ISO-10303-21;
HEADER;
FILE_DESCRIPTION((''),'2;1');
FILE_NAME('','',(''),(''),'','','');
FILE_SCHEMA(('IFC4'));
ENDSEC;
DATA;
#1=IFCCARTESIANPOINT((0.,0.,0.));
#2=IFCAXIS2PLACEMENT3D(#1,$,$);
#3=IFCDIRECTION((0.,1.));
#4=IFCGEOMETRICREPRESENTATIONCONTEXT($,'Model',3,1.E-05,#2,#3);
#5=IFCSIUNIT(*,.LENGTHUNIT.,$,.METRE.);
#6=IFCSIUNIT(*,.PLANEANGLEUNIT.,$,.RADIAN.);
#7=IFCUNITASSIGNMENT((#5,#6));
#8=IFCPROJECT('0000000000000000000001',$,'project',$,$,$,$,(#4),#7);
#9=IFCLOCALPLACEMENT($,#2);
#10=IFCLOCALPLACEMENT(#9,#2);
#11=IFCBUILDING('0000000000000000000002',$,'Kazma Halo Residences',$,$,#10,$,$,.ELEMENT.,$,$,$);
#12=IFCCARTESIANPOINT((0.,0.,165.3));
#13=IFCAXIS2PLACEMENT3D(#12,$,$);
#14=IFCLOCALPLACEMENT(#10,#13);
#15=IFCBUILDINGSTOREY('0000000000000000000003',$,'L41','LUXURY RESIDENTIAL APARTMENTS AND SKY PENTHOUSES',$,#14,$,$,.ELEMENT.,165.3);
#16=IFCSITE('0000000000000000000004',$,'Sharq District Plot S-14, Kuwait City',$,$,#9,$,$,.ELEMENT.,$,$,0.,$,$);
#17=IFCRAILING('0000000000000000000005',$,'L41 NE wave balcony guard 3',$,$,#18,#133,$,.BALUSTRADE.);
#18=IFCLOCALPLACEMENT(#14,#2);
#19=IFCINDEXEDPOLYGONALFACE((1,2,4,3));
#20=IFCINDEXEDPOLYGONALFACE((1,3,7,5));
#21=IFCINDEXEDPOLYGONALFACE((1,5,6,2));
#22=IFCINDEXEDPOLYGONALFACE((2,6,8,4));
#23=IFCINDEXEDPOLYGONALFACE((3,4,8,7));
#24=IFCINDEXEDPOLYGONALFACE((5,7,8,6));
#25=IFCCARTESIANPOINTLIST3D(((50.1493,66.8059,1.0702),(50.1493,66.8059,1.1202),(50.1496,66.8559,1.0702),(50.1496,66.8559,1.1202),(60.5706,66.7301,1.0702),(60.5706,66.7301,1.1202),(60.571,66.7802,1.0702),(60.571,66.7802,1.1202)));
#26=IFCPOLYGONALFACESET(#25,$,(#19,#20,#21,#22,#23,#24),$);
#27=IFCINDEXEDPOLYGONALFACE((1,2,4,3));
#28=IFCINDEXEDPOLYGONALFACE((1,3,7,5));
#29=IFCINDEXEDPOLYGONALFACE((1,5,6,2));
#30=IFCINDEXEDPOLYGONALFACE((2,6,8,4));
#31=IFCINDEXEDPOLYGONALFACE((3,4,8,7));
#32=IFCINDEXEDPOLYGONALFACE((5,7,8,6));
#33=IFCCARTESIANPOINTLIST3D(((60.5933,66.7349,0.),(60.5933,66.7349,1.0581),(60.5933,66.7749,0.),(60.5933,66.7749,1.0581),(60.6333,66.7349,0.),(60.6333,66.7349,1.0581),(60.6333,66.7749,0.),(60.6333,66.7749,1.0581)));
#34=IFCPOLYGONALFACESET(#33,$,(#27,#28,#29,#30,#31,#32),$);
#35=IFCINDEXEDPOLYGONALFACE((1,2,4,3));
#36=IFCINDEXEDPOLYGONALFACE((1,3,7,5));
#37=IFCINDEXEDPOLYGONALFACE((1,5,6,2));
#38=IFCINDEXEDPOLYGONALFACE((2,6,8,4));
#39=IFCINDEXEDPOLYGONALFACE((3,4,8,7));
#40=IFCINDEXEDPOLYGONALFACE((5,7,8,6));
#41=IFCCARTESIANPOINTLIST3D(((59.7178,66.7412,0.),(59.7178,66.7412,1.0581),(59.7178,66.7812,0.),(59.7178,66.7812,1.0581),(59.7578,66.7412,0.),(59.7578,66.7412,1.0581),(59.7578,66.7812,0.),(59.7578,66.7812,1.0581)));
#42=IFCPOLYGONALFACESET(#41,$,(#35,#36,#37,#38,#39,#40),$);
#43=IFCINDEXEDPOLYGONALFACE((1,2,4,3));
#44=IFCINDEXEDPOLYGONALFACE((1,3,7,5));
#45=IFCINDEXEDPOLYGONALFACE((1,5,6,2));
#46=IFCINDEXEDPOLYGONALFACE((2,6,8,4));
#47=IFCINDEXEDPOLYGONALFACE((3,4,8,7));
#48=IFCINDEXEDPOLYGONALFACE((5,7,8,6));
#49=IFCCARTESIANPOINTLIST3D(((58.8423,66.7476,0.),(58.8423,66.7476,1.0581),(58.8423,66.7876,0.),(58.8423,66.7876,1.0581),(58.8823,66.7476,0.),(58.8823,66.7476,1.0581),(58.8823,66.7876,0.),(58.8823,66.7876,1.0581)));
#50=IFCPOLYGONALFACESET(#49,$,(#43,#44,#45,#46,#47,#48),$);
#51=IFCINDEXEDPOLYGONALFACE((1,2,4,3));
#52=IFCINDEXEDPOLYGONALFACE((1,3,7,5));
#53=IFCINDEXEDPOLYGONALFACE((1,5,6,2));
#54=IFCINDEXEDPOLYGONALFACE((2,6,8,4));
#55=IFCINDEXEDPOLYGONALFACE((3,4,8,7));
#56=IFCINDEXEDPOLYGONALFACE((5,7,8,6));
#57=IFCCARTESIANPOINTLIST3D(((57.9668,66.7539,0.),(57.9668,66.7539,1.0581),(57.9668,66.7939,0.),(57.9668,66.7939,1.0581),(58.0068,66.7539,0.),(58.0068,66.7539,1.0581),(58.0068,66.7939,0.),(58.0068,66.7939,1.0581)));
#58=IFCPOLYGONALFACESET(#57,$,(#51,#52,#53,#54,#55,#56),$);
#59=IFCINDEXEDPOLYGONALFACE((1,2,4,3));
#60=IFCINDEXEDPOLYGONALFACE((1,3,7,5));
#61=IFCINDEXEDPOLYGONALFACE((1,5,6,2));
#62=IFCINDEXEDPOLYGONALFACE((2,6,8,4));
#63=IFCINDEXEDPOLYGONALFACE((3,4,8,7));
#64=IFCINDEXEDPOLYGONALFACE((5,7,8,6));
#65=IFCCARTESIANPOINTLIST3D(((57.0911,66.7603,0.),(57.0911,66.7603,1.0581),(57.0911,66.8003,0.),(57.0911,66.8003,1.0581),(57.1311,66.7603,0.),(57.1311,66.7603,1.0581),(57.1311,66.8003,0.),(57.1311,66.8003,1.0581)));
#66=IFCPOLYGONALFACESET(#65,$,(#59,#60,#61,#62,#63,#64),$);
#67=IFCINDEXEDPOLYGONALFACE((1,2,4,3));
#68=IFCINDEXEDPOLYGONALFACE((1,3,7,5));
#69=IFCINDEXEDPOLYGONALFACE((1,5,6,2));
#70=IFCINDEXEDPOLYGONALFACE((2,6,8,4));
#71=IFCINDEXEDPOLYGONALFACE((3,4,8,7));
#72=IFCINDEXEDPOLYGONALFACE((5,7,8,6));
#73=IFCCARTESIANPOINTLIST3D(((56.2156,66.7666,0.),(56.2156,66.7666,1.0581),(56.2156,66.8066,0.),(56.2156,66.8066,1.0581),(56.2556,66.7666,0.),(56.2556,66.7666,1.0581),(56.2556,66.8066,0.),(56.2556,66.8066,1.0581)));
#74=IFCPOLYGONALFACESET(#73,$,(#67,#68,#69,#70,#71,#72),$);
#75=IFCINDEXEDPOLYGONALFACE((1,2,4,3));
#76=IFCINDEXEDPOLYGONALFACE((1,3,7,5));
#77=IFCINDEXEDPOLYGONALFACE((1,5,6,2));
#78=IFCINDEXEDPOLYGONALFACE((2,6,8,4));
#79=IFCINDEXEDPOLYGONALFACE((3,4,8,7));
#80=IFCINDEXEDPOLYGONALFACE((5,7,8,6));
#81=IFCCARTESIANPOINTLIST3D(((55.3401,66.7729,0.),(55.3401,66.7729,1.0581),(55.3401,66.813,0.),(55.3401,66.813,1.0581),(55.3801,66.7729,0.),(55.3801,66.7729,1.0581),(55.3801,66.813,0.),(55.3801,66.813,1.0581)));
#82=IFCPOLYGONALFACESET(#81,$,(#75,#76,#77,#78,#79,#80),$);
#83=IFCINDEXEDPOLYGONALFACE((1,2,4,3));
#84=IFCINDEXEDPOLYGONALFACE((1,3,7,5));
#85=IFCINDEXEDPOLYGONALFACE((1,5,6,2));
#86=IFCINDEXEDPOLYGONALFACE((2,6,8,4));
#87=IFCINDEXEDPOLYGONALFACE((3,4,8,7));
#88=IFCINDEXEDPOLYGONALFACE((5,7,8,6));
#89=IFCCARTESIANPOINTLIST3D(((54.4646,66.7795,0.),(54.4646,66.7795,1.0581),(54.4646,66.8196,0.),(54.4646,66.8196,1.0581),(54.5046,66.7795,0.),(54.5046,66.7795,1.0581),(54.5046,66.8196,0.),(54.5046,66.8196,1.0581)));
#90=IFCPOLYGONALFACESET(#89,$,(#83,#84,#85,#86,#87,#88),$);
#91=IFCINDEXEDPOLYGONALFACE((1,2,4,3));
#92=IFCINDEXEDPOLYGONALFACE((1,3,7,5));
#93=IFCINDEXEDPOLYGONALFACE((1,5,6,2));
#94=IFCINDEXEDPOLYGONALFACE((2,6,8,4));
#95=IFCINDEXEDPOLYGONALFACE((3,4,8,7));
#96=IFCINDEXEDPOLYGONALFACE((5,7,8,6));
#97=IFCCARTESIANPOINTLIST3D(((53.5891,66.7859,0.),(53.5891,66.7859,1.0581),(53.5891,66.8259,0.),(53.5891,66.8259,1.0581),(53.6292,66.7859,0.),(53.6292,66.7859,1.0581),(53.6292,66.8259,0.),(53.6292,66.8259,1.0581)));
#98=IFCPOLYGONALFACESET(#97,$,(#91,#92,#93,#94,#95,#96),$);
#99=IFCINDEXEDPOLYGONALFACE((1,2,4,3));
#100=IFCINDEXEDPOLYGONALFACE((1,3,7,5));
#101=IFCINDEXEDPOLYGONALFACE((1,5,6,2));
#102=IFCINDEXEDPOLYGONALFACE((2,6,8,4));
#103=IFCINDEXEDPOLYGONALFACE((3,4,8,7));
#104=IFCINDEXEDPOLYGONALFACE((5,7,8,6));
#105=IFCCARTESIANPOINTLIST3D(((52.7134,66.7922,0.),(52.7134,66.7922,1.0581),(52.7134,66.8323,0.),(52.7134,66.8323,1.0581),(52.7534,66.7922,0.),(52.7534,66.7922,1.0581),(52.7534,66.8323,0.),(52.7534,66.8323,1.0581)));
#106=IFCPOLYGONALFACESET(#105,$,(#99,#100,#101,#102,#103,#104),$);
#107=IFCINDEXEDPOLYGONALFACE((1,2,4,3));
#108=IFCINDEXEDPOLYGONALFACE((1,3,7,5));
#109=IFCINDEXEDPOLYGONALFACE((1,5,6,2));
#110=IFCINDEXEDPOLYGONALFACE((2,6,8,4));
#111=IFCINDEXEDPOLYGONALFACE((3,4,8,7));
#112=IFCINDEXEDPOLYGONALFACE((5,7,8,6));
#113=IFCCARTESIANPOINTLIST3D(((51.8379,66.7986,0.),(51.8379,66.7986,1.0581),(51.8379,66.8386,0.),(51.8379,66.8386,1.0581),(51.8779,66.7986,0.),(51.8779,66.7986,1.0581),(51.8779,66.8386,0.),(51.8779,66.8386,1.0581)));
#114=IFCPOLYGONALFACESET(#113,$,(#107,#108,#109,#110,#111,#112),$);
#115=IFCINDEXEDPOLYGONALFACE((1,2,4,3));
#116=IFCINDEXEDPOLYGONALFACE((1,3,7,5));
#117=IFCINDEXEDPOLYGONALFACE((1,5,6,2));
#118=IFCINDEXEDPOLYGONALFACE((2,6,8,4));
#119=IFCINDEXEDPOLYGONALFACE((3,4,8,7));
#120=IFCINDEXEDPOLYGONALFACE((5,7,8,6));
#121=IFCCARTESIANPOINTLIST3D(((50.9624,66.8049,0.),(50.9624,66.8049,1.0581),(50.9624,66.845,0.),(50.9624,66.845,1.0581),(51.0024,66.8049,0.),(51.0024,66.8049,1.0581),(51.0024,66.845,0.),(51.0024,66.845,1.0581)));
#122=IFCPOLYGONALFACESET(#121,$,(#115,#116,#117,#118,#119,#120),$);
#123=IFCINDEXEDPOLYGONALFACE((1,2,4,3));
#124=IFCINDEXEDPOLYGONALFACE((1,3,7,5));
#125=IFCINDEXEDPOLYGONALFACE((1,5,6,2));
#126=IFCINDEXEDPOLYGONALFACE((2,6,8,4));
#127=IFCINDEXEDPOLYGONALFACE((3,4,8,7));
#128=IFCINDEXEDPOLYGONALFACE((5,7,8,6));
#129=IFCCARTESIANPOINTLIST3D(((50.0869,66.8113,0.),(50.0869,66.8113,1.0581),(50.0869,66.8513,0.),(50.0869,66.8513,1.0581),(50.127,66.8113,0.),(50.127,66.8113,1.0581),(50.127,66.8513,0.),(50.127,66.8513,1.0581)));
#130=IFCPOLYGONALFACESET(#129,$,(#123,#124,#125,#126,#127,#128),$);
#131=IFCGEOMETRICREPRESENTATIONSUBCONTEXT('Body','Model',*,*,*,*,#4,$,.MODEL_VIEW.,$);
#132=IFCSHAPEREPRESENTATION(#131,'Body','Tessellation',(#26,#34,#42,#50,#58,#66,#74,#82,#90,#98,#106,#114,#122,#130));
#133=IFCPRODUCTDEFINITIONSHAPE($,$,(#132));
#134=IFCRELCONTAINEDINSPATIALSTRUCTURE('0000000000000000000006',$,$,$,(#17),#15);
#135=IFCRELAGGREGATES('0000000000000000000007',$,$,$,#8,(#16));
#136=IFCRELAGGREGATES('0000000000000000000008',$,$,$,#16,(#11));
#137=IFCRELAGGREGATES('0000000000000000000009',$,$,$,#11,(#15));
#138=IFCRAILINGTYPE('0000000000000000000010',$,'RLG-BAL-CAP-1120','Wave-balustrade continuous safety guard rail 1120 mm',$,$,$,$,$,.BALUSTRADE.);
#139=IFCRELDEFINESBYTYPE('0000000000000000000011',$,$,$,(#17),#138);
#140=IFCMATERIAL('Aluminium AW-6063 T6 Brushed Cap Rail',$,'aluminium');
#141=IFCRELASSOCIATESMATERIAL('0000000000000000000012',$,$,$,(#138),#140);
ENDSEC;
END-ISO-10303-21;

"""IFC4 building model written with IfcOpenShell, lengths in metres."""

from ifc_helpers import new_model, si_unit, direction, frame, origin, origin_2d, place, context, subcontext, project, spatial, rectangle, extrude, material, type_object, element, save


model = new_model("IFC4")

# Units and contexts
model_context = context("Model", 3, precision=1e-05, world=origin(), true_north=direction((0.0, 1.0)))
body_context = subcontext(model_context, "Body", "Model", "MODEL_VIEW")
ifc_project = project(units=[si_unit("LENGTHUNIT", "METRE"), si_unit("PLANEANGLEUNIT", "RADIAN")], contexts=[model_context])

# Site, building, storey
site_placement = place(None, origin())
site = spatial("IfcSite", under=ifc_project, at=site_placement, Name="Sharq District Plot S-14, Kuwait City", CompositionType="ELEMENT", RefElevation=0.0)
building_placement = place(site_placement, origin())
building = spatial("IfcBuilding", under=site, at=building_placement, Name="Kazma Halo Residences", CompositionType="ELEMENT")
storey_placement = place(building_placement, frame((0.0, 0.0, 165.3)))
storey = spatial("IfcBuildingStorey", under=building, at=storey_placement, Name="L41", Description="LUXURY RESIDENTIAL APARTMENTS AND SKY PENTHOUSES", CompositionType="ELEMENT", Elevation=165.3)

# Railing
ifc_material_1 = material(Name="Aluminium AW-6063 T6 Brushed Cap Rail", Category="aluminium")
railing_type = type_object("IfcRailingType", Name="RLG-BAL-CAP-1120", Description="Wave-balustrade continuous safety guard rail 1120 mm", PredefinedType="BALUSTRADE", material=ifc_material_1)
railing_1_placement = place(storey_placement, frame((60.6133, 66.7549, 0.0)))
element("IfcRailing", 1, at=railing_1_placement, inside=storey, type_object=railing_type, Name="L41 NE wave balcony guard 3", PredefinedType="BALUSTRADE", context=body_context, shape_type="SweptSolid", body=[
    extrude(rectangle(XDim=0.05, YDim=0.05, at=origin_2d()), frame((-0.0425, 0.0002, 1.0952), z_axis=(-0.999974, 0.007273, 0.0), x_axis=(-0.007273, -0.999974, 0.0)), (0.0, 0.0, 1.0), 10.4216),
    extrude(rectangle(XDim=0.04, YDim=0.04, at=origin_2d()), origin(), (0.0, 0.0, 1.0), 1.0581),
    extrude(rectangle(XDim=0.04, YDim=0.04, at=origin_2d()), frame((-0.8755, 0.0063, 0.0)), (0.0, 0.0, 1.0), 1.0581),
    extrude(rectangle(XDim=0.04, YDim=0.04, at=origin_2d()), frame((-1.751, 0.0127, 0.0)), (0.0, 0.0, 1.0), 1.0581),
    extrude(rectangle(XDim=0.04, YDim=0.04, at=origin_2d()), frame((-2.6265, 0.019, 0.0)), (0.0, 0.0, 1.0), 1.0581),
    extrude(rectangle(XDim=0.04, YDim=0.04, at=origin_2d()), frame((-3.5022, 0.0254, 0.0)), (0.0, 0.0, 1.0), 1.0581),
    extrude(rectangle(XDim=0.04, YDim=0.04, at=origin_2d()), frame((-4.3777, 0.0317, 0.0)), (0.0, 0.0, 1.0), 1.0581),
    extrude(rectangle(XDim=0.04, YDim=0.04, at=origin_2d()), frame((-5.2532, 0.0381, 0.0)), (0.0, 0.0, 1.0), 1.0581),
    extrude(rectangle(XDim=0.04, YDim=0.04, at=origin_2d()), frame((-6.1287, 0.0447, 0.0)), (0.0, 0.0, 1.0), 1.0581),
    extrude(rectangle(XDim=0.04, YDim=0.04, at=origin_2d()), frame((-7.0042, 0.051, 0.0)), (0.0, 0.0, 1.0), 1.0581),
    extrude(rectangle(XDim=0.04, YDim=0.04, at=origin_2d()), frame((-7.8799, 0.0574, 0.0)), (0.0, 0.0, 1.0), 1.0581),
    extrude(rectangle(XDim=0.04, YDim=0.04, at=origin_2d()), frame((-8.7554, 0.0637, 0.0)), (0.0, 0.0, 1.0), 1.0581),
    extrude(rectangle(XDim=0.04, YDim=0.04, at=origin_2d()), frame((-9.6309, 0.0701, 0.0)), (0.0, 0.0, 1.0), 1.0581),
    extrude(rectangle(XDim=0.04, YDim=0.04, at=origin_2d()), frame((-10.5063, 0.0764, 0.0)), (0.0, 0.0, 1.0), 1.0581),
])

save(model, "model.ifc")
